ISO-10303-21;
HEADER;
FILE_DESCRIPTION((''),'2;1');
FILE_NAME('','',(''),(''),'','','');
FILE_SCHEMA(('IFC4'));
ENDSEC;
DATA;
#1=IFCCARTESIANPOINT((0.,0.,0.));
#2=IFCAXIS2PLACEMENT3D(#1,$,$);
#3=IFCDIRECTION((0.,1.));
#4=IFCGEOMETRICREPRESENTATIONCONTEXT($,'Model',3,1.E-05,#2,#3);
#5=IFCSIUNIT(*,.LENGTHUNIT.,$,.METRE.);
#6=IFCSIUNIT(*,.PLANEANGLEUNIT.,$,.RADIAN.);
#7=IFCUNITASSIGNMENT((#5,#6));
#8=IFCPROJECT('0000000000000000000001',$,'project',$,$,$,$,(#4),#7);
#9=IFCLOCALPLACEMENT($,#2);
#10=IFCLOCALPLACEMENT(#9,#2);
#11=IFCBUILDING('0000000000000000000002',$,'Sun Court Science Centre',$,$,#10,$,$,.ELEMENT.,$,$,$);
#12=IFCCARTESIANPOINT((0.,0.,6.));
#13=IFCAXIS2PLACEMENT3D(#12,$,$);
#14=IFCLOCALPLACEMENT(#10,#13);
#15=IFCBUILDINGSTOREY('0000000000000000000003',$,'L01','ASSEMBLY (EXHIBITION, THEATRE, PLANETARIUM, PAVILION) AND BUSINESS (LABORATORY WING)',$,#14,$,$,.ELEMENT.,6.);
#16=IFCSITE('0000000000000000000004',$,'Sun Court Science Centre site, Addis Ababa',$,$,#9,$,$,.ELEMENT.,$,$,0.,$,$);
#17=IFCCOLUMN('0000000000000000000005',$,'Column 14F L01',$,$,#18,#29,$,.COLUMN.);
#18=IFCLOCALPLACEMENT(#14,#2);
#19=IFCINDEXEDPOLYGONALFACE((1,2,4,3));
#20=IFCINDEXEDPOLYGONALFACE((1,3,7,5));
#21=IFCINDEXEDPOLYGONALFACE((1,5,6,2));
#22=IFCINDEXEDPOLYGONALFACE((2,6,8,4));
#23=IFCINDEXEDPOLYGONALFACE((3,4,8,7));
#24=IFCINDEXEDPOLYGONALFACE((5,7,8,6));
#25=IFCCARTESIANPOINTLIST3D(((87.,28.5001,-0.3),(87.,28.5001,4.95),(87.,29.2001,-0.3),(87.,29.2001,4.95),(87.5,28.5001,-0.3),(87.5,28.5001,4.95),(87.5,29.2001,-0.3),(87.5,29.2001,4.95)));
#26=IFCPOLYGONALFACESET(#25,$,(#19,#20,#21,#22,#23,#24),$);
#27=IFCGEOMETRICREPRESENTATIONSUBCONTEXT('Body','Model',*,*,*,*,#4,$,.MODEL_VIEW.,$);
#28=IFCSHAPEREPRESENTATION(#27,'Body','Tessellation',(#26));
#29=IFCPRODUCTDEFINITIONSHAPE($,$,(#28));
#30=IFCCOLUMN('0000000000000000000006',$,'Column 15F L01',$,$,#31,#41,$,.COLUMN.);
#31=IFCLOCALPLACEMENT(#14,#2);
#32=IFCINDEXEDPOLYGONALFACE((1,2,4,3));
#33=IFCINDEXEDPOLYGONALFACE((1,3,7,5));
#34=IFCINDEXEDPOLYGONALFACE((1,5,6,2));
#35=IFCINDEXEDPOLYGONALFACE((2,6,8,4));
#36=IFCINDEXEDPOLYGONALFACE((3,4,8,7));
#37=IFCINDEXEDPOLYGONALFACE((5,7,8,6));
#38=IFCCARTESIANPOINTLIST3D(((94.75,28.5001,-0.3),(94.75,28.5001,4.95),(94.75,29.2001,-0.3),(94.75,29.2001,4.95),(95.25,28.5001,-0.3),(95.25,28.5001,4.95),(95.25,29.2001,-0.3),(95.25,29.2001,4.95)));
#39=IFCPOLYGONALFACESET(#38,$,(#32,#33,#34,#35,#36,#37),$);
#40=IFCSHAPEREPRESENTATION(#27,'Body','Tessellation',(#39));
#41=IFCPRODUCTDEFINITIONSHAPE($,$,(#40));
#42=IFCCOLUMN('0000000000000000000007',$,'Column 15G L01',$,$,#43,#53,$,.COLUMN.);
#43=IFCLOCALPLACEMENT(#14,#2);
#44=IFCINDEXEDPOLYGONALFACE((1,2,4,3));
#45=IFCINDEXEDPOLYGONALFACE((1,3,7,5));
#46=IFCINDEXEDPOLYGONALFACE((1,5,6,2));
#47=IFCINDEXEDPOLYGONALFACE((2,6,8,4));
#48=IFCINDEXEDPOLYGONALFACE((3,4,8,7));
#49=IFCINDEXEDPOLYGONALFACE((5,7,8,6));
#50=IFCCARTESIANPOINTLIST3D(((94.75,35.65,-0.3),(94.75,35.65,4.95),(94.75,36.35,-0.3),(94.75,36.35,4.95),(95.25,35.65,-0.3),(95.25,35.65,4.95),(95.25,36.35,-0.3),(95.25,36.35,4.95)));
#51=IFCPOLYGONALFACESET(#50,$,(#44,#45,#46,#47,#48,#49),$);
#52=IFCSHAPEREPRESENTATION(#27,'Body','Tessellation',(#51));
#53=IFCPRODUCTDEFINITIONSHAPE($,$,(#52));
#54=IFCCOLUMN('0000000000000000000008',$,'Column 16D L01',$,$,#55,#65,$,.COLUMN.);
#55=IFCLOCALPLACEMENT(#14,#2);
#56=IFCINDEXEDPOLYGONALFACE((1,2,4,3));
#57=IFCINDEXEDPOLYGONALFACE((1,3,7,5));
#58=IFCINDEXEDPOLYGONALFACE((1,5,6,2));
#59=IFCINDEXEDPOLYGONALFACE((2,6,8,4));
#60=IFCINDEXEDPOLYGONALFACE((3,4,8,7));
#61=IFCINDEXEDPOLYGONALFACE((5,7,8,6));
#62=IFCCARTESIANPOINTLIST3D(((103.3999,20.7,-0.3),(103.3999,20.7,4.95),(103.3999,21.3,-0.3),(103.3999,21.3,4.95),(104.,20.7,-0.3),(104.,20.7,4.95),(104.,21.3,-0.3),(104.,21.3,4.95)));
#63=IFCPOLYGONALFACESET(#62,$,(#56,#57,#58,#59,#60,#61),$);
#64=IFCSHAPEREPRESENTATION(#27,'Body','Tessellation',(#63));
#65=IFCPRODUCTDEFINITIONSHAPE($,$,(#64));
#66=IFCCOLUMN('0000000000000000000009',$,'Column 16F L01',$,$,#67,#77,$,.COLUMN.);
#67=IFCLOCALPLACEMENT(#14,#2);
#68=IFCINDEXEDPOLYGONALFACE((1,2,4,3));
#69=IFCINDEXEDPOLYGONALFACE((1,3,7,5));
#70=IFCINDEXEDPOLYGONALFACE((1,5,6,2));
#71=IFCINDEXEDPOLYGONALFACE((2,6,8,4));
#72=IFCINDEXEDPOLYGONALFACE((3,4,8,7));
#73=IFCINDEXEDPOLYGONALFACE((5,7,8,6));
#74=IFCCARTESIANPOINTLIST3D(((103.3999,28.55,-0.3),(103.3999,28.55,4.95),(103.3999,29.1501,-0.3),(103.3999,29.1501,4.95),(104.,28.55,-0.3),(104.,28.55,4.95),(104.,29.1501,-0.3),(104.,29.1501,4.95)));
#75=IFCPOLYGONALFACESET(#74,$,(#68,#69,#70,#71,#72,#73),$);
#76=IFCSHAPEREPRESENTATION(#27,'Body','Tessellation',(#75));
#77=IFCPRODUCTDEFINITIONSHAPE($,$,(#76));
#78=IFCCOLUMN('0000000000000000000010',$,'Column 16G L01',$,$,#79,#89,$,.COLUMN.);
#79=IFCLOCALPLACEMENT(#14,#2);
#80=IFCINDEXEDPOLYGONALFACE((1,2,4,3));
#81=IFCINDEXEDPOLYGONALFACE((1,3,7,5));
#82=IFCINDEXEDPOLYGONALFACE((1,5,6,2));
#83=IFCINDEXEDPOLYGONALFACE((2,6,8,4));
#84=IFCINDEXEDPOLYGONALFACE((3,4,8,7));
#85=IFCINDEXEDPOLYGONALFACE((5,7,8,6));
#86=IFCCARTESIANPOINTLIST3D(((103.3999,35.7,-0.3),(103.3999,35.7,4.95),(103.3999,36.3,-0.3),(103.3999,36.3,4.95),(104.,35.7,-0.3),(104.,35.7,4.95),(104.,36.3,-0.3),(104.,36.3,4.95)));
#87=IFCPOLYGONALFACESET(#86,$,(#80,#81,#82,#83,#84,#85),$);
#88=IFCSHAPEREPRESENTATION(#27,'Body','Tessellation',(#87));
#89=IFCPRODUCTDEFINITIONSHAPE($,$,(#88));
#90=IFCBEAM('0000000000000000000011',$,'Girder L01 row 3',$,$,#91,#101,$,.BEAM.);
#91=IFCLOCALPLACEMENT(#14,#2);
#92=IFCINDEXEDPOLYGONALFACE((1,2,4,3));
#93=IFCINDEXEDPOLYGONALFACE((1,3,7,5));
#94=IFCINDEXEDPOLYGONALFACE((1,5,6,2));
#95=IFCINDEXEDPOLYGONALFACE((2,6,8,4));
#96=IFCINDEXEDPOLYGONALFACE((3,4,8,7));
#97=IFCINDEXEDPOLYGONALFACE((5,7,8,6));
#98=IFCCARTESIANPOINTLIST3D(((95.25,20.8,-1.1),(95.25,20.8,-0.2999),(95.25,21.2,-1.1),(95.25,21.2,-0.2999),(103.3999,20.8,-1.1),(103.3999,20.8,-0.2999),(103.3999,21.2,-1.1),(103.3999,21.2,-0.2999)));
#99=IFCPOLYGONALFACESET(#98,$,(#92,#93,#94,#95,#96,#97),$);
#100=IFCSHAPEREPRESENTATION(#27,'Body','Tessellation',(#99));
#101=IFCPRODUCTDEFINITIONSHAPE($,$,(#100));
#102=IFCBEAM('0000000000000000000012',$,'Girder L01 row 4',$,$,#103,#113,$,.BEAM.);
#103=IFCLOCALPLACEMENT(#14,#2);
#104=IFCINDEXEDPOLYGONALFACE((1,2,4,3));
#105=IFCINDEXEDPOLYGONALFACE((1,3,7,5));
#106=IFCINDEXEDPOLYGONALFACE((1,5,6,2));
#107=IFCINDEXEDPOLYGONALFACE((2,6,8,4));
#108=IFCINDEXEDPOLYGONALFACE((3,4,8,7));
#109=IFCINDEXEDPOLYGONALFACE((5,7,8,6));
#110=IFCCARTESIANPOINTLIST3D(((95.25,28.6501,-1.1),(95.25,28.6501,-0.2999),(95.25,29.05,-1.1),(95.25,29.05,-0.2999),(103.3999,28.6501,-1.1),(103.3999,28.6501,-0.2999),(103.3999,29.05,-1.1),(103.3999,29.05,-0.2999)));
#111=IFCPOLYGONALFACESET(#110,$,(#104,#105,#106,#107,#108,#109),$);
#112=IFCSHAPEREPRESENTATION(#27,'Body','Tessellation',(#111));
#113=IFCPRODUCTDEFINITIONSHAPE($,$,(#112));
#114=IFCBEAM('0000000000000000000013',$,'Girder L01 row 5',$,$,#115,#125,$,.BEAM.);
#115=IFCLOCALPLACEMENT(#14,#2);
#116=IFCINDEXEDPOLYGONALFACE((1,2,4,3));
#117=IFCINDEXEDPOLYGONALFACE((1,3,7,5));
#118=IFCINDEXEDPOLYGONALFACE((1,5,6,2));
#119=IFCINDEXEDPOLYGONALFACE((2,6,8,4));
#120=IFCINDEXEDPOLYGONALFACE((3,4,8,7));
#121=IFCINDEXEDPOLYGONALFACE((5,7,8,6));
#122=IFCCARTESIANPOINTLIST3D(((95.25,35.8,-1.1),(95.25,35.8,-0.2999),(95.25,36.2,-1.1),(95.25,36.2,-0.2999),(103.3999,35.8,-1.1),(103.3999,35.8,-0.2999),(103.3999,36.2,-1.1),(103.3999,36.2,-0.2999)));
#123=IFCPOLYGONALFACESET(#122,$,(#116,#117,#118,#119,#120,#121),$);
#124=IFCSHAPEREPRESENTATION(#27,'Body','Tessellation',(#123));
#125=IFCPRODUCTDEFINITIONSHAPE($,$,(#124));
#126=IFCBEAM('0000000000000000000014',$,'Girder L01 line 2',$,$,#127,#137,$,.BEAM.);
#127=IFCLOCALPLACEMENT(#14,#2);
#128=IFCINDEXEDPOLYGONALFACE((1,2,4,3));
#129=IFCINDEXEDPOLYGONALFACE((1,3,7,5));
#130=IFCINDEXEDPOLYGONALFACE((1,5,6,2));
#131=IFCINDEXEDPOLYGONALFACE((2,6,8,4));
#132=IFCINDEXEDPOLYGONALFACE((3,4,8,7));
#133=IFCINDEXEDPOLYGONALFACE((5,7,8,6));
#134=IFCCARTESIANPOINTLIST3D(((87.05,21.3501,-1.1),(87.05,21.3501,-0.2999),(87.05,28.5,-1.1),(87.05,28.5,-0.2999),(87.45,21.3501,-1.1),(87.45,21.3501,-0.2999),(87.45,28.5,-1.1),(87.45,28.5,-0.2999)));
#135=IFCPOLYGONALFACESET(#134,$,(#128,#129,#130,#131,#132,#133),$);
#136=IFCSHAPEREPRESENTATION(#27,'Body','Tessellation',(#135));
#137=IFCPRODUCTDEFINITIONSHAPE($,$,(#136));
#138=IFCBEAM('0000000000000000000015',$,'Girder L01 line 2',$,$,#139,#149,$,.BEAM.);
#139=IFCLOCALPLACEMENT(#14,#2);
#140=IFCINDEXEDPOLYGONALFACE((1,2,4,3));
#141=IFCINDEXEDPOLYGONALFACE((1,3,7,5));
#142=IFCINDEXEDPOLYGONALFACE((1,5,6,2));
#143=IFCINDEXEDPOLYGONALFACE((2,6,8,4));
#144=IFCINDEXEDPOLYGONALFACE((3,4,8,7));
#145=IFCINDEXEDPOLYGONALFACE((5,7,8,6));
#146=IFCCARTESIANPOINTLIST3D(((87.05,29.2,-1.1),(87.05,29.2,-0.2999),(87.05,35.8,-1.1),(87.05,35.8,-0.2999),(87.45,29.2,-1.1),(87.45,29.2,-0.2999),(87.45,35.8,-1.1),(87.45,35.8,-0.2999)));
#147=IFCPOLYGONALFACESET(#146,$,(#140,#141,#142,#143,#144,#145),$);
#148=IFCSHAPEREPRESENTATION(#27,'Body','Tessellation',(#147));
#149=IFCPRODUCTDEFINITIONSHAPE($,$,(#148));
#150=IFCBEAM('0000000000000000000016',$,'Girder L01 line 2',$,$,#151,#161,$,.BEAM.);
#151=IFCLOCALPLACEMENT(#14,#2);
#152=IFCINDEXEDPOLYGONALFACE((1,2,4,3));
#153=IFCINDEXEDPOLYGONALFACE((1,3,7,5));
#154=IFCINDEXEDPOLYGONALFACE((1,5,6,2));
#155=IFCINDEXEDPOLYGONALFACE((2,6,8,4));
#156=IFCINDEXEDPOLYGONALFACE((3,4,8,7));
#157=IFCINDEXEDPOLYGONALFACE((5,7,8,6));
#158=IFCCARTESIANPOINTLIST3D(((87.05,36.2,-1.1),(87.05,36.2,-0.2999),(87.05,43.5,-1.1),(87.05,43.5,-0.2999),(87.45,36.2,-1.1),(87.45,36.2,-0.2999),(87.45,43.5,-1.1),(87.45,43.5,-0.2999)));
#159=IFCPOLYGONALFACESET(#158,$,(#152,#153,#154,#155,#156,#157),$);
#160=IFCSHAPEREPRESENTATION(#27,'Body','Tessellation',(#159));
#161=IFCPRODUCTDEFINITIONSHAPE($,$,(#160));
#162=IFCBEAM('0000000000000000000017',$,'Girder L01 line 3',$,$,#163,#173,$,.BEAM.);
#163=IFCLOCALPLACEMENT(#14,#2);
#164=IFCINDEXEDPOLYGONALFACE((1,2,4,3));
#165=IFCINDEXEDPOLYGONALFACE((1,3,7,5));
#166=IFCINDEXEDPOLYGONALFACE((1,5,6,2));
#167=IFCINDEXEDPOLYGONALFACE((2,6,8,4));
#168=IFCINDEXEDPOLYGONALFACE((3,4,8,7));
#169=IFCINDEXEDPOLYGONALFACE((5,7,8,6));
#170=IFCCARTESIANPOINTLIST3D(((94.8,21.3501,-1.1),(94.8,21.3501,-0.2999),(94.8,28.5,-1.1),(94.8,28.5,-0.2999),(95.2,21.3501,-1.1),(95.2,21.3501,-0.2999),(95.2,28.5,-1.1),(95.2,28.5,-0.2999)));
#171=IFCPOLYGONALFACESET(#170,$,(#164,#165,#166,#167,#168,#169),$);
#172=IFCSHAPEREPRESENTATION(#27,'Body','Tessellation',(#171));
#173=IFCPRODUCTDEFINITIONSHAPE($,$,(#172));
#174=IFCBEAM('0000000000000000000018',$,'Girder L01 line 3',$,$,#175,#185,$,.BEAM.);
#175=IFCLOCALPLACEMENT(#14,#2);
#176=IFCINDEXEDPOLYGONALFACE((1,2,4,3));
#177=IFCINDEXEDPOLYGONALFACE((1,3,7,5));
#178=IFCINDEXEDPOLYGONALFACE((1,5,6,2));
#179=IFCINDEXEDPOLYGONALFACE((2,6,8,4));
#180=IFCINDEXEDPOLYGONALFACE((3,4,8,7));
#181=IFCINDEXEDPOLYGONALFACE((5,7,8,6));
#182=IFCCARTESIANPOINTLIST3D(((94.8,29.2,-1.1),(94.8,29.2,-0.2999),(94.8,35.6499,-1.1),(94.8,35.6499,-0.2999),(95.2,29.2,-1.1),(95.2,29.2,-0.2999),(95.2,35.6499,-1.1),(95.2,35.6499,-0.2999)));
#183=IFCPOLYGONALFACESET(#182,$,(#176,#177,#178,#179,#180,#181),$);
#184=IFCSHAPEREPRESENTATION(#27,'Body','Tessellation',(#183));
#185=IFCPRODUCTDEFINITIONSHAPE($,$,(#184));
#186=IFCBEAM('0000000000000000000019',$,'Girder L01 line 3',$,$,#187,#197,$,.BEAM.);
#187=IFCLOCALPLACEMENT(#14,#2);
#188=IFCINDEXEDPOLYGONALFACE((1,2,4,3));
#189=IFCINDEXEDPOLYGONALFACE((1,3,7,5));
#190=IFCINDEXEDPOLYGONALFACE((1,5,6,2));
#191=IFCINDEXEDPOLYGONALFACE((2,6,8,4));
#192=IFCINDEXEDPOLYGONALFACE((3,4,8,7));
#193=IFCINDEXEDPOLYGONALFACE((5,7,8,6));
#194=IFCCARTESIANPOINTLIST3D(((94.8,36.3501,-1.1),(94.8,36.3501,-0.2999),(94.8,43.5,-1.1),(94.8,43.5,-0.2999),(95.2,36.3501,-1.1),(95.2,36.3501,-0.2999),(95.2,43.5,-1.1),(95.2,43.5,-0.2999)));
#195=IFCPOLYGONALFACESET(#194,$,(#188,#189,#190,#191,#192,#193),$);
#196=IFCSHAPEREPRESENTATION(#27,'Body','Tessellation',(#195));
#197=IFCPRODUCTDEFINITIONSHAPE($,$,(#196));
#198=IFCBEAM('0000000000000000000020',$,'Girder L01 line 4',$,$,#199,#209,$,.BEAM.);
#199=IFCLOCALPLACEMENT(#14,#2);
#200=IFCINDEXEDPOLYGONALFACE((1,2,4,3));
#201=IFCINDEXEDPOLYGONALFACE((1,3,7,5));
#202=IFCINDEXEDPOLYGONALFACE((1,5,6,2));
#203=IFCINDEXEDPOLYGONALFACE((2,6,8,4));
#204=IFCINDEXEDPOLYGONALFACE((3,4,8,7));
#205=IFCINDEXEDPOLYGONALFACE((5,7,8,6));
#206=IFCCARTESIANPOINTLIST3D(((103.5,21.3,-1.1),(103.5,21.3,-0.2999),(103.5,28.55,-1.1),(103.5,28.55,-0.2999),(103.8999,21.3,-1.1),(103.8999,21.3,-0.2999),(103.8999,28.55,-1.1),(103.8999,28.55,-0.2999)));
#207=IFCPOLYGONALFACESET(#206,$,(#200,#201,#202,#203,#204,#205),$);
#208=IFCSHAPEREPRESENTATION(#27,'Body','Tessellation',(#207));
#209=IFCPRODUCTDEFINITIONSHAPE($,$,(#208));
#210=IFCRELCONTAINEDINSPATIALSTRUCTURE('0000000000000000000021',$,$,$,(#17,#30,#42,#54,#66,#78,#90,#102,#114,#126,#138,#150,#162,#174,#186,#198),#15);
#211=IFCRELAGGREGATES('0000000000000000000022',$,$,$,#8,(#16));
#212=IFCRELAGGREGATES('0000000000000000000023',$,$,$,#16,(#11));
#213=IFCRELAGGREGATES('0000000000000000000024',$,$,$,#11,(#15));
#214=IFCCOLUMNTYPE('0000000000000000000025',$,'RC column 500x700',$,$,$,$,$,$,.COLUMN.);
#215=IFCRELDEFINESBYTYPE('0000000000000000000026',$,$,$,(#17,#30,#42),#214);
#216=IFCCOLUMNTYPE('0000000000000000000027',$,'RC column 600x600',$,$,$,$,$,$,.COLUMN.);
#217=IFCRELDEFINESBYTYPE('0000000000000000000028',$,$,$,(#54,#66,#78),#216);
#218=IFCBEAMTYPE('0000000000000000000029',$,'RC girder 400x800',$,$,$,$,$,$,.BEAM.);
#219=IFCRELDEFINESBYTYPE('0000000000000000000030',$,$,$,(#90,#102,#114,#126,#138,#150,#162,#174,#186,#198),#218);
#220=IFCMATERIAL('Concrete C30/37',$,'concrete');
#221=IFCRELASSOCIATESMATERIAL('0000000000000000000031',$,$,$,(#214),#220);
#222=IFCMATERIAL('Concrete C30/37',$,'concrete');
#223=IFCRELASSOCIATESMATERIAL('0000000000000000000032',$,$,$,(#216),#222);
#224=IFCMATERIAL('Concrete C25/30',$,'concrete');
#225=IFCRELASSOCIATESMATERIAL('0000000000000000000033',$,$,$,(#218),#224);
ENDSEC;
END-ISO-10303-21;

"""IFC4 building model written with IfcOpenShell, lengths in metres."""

from ifc_helpers import new_model, si_unit, direction, frame, origin, origin_2d, place, context, subcontext, project, spatial, rectangle, extrude, material, material_profile, profile_set, type_object, element, save


model = new_model("IFC4")

# Units and contexts
model_context = context("Model", 3, precision=1e-05, world=origin(), true_north=direction((0.0, 1.0)))
body_context = subcontext(model_context, "Body", "Model", "MODEL_VIEW")
ifc_project = project(units=[si_unit("LENGTHUNIT", "METRE"), si_unit("PLANEANGLEUNIT", "RADIAN")], contexts=[model_context])

# Site, building, storey
site_placement = place(None, origin())
site = spatial("IfcSite", under=ifc_project, at=site_placement, Name="Sun Court Science Centre site, Addis Ababa", CompositionType="ELEMENT", RefElevation=0.0)
building_placement = place(site_placement, origin())
building = spatial("IfcBuilding", under=site, at=building_placement, Name="Sun Court Science Centre", CompositionType="ELEMENT")
storey_placement = place(building_placement, frame((0.0, 0.0, 6.0)))
storey = spatial("IfcBuildingStorey", under=building, at=storey_placement, Name="L01", Description="ASSEMBLY (EXHIBITION, THEATRE, PLANETARIUM, PAVILION) AND BUSINESS (LABORATORY WING)", CompositionType="ELEMENT", Elevation=6.0)

# Columns
ifc_material_1 = material(Name="Concrete C30/37", Category="concrete")
ifc_material_profile_1 = material_profile(ifc_material_1, rectangle(XDim=0.5, YDim=0.7, at=origin_2d()), Name="RC 500x700")
ifc_profile_set_1 = profile_set([ifc_material_profile_1], Name="Concrete C30/37")
column_type_1 = type_object("IfcColumnType", Name="RC column 500x700", PredefinedType="COLUMN", material=ifc_profile_set_1)
for number, where, z_axis, x_axis, name in (
    (1, (87.25, 28.8501, -0.3), (0.0, 0.0, 1.0), (1.0, 0.0, 0.0), "Column 14F L01"),
    (2, (95.0, 28.8501, -0.3), (0.0, 0.0, 1.0), (1.0, 0.0, 0.0), "Column 15F L01"),
    (3, (95.0, 36.0, -0.3), (0.0, 0.0, 1.0), (1.0, 0.0, 0.0), "Column 15G L01"),
):
    element("IfcColumn", number, at=place(storey_placement, frame(where, z_axis=z_axis, x_axis=x_axis)), inside=storey, type_object=column_type_1, Name=name, PredefinedType="COLUMN", context=body_context, shape_type="SweptSolid", body=[
        extrude(rectangle(XDim=0.5, YDim=0.7, at=origin_2d()), origin(), (0.0, 0.0, 1.0), 5.25),
    ])
ifc_material_2 = material(Name="Concrete C30/37", Category="concrete")
ifc_material_profile_2 = material_profile(ifc_material_2, rectangle(XDim=0.6001, YDim=0.6001, at=origin_2d()), Name="RC 600x600")
ifc_profile_set_2 = profile_set([ifc_material_profile_2], Name="Concrete C30/37")
column_type_2 = type_object("IfcColumnType", Name="RC column 600x600", PredefinedType="COLUMN", material=ifc_profile_set_2)
for number, where, z_axis, x_axis, name in (
    (4, (103.7, 21.0, -0.3), (0.0, 0.0, 1.0), (1.0, 0.0, 0.0), "Column 16D L01"),
    (5, (103.7, 28.8501, -0.3), (0.0, 0.0, 1.0), (1.0, 0.0, 0.0), "Column 16F L01"),
    (6, (103.7, 36.0, -0.3), (0.0, 0.0, 1.0), (1.0, 0.0, 0.0), "Column 16G L01"),
):
    element("IfcColumn", number, at=place(storey_placement, frame(where, z_axis=z_axis, x_axis=x_axis)), inside=storey, type_object=column_type_2, Name=name, PredefinedType="COLUMN", context=body_context, shape_type="SweptSolid", body=[
        extrude(rectangle(XDim=0.6001, YDim=0.6001, at=origin_2d()), origin(), (0.0, 0.0, 1.0), 5.25),
    ])

# Beams
ifc_material_3 = material(Name="Concrete C25/30", Category="concrete")
ifc_material_profile_3 = material_profile(ifc_material_3, rectangle(XDim=0.3999, YDim=0.8, at=origin_2d()), Name="RC 400x800")
ifc_profile_set_3 = profile_set([ifc_material_profile_3], Name="Concrete C25/30")
beam_type_1 = type_object("IfcBeamType", Name="RC girder 400x800", PredefinedType="BEAM", material=ifc_profile_set_3)
for number, where, z_axis, x_axis, name in (
    (7, (95.25, 21.0, -0.7), (1.0, 0.0, 0.0), (0.0, 1.0, 0.0), "Girder L01 row 3"),
    (8, (95.25, 28.8501, -0.7), (1.0, 0.0, 0.0), (0.0, 1.0, 0.0), "Girder L01 row 4"),
    (9, (95.25, 36.0, -0.7), (1.0, 0.0, 0.0), (0.0, 1.0, 0.0), "Girder L01 row 5"),
):
    element("IfcBeam", number, at=place(storey_placement, frame(where, z_axis=z_axis, x_axis=x_axis)), inside=storey, type_object=beam_type_1, Name=name, PredefinedType="BEAM", context=body_context, shape_type="SweptSolid", body=[
        extrude(rectangle(XDim=0.3999, YDim=0.8, at=origin_2d()), origin(), (0.0, 0.0, 1.0), 8.1499),
    ])
beam_1_placement = place(storey_placement, frame((87.25, 21.3501, -0.7), z_axis=(0.0, 1.0, 0.0), x_axis=(-1.0, 0.0, 0.0)))
element("IfcBeam", 10, at=beam_1_placement, inside=storey, type_object=beam_type_1, Name="Girder L01 line 2", PredefinedType="BEAM", context=body_context, shape_type="SweptSolid", body=[
    extrude(rectangle(XDim=0.3999, YDim=0.8, at=origin_2d()), origin(), (0.0, 0.0, 1.0), 7.1499),
])
beam_2_placement = place(storey_placement, frame((87.25, 29.2, -0.7), z_axis=(0.0, 1.0, 0.0), x_axis=(-1.0, 0.0, 0.0)))
element("IfcBeam", 11, at=beam_2_placement, inside=storey, type_object=beam_type_1, Name="Girder L01 line 2", PredefinedType="BEAM", context=body_context, shape_type="SweptSolid", body=[
    extrude(rectangle(XDim=0.3999, YDim=0.8, at=origin_2d()), origin(), (0.0, 0.0, 1.0), 6.6001),
])
beam_3_placement = place(storey_placement, frame((87.25, 36.2, -0.7), z_axis=(0.0, 1.0, 0.0), x_axis=(-1.0, 0.0, 0.0)))
element("IfcBeam", 12, at=beam_3_placement, inside=storey, type_object=beam_type_1, Name="Girder L01 line 2", PredefinedType="BEAM", context=body_context, shape_type="SweptSolid", body=[
    extrude(rectangle(XDim=0.3999, YDim=0.8, at=origin_2d()), origin(), (0.0, 0.0, 1.0), 7.3),
])
beam_4_placement = place(storey_placement, frame((95.0, 21.3501, -0.7), z_axis=(0.0, 1.0, 0.0), x_axis=(-1.0, 0.0, 0.0)))
element("IfcBeam", 13, at=beam_4_placement, inside=storey, type_object=beam_type_1, Name="Girder L01 line 3", PredefinedType="BEAM", context=body_context, shape_type="SweptSolid", body=[
    extrude(rectangle(XDim=0.3999, YDim=0.8, at=origin_2d()), origin(), (0.0, 0.0, 1.0), 7.1499),
])
beam_5_placement = place(storey_placement, frame((95.0, 29.2, -0.7), z_axis=(0.0, 1.0, 0.0), x_axis=(-1.0, 0.0, 0.0)))
element("IfcBeam", 14, at=beam_5_placement, inside=storey, type_object=beam_type_1, Name="Girder L01 line 3", PredefinedType="BEAM", context=body_context, shape_type="SweptSolid", body=[
    extrude(rectangle(XDim=0.3999, YDim=0.8, at=origin_2d()), origin(), (0.0, 0.0, 1.0), 6.45),
])
beam_6_placement = place(storey_placement, frame((95.0, 36.3501, -0.7), z_axis=(0.0, 1.0, 0.0), x_axis=(-1.0, 0.0, 0.0)))
element("IfcBeam", 15, at=beam_6_placement, inside=storey, type_object=beam_type_1, Name="Girder L01 line 3", PredefinedType="BEAM", context=body_context, shape_type="SweptSolid", body=[
    extrude(rectangle(XDim=0.3999, YDim=0.8, at=origin_2d()), origin(), (0.0, 0.0, 1.0), 7.1499),
])
beam_7_placement = place(storey_placement, frame((103.7, 21.3, -0.7), z_axis=(0.0, 1.0, 0.0), x_axis=(-1.0, 0.0, 0.0)))
element("IfcBeam", 16, at=beam_7_placement, inside=storey, type_object=beam_type_1, Name="Girder L01 line 4", PredefinedType="BEAM", context=body_context, shape_type="SweptSolid", body=[
    extrude(rectangle(XDim=0.3999, YDim=0.8, at=origin_2d()), origin(), (0.0, 0.0, 1.0), 7.25),
])

save(model, "model.ifc")
